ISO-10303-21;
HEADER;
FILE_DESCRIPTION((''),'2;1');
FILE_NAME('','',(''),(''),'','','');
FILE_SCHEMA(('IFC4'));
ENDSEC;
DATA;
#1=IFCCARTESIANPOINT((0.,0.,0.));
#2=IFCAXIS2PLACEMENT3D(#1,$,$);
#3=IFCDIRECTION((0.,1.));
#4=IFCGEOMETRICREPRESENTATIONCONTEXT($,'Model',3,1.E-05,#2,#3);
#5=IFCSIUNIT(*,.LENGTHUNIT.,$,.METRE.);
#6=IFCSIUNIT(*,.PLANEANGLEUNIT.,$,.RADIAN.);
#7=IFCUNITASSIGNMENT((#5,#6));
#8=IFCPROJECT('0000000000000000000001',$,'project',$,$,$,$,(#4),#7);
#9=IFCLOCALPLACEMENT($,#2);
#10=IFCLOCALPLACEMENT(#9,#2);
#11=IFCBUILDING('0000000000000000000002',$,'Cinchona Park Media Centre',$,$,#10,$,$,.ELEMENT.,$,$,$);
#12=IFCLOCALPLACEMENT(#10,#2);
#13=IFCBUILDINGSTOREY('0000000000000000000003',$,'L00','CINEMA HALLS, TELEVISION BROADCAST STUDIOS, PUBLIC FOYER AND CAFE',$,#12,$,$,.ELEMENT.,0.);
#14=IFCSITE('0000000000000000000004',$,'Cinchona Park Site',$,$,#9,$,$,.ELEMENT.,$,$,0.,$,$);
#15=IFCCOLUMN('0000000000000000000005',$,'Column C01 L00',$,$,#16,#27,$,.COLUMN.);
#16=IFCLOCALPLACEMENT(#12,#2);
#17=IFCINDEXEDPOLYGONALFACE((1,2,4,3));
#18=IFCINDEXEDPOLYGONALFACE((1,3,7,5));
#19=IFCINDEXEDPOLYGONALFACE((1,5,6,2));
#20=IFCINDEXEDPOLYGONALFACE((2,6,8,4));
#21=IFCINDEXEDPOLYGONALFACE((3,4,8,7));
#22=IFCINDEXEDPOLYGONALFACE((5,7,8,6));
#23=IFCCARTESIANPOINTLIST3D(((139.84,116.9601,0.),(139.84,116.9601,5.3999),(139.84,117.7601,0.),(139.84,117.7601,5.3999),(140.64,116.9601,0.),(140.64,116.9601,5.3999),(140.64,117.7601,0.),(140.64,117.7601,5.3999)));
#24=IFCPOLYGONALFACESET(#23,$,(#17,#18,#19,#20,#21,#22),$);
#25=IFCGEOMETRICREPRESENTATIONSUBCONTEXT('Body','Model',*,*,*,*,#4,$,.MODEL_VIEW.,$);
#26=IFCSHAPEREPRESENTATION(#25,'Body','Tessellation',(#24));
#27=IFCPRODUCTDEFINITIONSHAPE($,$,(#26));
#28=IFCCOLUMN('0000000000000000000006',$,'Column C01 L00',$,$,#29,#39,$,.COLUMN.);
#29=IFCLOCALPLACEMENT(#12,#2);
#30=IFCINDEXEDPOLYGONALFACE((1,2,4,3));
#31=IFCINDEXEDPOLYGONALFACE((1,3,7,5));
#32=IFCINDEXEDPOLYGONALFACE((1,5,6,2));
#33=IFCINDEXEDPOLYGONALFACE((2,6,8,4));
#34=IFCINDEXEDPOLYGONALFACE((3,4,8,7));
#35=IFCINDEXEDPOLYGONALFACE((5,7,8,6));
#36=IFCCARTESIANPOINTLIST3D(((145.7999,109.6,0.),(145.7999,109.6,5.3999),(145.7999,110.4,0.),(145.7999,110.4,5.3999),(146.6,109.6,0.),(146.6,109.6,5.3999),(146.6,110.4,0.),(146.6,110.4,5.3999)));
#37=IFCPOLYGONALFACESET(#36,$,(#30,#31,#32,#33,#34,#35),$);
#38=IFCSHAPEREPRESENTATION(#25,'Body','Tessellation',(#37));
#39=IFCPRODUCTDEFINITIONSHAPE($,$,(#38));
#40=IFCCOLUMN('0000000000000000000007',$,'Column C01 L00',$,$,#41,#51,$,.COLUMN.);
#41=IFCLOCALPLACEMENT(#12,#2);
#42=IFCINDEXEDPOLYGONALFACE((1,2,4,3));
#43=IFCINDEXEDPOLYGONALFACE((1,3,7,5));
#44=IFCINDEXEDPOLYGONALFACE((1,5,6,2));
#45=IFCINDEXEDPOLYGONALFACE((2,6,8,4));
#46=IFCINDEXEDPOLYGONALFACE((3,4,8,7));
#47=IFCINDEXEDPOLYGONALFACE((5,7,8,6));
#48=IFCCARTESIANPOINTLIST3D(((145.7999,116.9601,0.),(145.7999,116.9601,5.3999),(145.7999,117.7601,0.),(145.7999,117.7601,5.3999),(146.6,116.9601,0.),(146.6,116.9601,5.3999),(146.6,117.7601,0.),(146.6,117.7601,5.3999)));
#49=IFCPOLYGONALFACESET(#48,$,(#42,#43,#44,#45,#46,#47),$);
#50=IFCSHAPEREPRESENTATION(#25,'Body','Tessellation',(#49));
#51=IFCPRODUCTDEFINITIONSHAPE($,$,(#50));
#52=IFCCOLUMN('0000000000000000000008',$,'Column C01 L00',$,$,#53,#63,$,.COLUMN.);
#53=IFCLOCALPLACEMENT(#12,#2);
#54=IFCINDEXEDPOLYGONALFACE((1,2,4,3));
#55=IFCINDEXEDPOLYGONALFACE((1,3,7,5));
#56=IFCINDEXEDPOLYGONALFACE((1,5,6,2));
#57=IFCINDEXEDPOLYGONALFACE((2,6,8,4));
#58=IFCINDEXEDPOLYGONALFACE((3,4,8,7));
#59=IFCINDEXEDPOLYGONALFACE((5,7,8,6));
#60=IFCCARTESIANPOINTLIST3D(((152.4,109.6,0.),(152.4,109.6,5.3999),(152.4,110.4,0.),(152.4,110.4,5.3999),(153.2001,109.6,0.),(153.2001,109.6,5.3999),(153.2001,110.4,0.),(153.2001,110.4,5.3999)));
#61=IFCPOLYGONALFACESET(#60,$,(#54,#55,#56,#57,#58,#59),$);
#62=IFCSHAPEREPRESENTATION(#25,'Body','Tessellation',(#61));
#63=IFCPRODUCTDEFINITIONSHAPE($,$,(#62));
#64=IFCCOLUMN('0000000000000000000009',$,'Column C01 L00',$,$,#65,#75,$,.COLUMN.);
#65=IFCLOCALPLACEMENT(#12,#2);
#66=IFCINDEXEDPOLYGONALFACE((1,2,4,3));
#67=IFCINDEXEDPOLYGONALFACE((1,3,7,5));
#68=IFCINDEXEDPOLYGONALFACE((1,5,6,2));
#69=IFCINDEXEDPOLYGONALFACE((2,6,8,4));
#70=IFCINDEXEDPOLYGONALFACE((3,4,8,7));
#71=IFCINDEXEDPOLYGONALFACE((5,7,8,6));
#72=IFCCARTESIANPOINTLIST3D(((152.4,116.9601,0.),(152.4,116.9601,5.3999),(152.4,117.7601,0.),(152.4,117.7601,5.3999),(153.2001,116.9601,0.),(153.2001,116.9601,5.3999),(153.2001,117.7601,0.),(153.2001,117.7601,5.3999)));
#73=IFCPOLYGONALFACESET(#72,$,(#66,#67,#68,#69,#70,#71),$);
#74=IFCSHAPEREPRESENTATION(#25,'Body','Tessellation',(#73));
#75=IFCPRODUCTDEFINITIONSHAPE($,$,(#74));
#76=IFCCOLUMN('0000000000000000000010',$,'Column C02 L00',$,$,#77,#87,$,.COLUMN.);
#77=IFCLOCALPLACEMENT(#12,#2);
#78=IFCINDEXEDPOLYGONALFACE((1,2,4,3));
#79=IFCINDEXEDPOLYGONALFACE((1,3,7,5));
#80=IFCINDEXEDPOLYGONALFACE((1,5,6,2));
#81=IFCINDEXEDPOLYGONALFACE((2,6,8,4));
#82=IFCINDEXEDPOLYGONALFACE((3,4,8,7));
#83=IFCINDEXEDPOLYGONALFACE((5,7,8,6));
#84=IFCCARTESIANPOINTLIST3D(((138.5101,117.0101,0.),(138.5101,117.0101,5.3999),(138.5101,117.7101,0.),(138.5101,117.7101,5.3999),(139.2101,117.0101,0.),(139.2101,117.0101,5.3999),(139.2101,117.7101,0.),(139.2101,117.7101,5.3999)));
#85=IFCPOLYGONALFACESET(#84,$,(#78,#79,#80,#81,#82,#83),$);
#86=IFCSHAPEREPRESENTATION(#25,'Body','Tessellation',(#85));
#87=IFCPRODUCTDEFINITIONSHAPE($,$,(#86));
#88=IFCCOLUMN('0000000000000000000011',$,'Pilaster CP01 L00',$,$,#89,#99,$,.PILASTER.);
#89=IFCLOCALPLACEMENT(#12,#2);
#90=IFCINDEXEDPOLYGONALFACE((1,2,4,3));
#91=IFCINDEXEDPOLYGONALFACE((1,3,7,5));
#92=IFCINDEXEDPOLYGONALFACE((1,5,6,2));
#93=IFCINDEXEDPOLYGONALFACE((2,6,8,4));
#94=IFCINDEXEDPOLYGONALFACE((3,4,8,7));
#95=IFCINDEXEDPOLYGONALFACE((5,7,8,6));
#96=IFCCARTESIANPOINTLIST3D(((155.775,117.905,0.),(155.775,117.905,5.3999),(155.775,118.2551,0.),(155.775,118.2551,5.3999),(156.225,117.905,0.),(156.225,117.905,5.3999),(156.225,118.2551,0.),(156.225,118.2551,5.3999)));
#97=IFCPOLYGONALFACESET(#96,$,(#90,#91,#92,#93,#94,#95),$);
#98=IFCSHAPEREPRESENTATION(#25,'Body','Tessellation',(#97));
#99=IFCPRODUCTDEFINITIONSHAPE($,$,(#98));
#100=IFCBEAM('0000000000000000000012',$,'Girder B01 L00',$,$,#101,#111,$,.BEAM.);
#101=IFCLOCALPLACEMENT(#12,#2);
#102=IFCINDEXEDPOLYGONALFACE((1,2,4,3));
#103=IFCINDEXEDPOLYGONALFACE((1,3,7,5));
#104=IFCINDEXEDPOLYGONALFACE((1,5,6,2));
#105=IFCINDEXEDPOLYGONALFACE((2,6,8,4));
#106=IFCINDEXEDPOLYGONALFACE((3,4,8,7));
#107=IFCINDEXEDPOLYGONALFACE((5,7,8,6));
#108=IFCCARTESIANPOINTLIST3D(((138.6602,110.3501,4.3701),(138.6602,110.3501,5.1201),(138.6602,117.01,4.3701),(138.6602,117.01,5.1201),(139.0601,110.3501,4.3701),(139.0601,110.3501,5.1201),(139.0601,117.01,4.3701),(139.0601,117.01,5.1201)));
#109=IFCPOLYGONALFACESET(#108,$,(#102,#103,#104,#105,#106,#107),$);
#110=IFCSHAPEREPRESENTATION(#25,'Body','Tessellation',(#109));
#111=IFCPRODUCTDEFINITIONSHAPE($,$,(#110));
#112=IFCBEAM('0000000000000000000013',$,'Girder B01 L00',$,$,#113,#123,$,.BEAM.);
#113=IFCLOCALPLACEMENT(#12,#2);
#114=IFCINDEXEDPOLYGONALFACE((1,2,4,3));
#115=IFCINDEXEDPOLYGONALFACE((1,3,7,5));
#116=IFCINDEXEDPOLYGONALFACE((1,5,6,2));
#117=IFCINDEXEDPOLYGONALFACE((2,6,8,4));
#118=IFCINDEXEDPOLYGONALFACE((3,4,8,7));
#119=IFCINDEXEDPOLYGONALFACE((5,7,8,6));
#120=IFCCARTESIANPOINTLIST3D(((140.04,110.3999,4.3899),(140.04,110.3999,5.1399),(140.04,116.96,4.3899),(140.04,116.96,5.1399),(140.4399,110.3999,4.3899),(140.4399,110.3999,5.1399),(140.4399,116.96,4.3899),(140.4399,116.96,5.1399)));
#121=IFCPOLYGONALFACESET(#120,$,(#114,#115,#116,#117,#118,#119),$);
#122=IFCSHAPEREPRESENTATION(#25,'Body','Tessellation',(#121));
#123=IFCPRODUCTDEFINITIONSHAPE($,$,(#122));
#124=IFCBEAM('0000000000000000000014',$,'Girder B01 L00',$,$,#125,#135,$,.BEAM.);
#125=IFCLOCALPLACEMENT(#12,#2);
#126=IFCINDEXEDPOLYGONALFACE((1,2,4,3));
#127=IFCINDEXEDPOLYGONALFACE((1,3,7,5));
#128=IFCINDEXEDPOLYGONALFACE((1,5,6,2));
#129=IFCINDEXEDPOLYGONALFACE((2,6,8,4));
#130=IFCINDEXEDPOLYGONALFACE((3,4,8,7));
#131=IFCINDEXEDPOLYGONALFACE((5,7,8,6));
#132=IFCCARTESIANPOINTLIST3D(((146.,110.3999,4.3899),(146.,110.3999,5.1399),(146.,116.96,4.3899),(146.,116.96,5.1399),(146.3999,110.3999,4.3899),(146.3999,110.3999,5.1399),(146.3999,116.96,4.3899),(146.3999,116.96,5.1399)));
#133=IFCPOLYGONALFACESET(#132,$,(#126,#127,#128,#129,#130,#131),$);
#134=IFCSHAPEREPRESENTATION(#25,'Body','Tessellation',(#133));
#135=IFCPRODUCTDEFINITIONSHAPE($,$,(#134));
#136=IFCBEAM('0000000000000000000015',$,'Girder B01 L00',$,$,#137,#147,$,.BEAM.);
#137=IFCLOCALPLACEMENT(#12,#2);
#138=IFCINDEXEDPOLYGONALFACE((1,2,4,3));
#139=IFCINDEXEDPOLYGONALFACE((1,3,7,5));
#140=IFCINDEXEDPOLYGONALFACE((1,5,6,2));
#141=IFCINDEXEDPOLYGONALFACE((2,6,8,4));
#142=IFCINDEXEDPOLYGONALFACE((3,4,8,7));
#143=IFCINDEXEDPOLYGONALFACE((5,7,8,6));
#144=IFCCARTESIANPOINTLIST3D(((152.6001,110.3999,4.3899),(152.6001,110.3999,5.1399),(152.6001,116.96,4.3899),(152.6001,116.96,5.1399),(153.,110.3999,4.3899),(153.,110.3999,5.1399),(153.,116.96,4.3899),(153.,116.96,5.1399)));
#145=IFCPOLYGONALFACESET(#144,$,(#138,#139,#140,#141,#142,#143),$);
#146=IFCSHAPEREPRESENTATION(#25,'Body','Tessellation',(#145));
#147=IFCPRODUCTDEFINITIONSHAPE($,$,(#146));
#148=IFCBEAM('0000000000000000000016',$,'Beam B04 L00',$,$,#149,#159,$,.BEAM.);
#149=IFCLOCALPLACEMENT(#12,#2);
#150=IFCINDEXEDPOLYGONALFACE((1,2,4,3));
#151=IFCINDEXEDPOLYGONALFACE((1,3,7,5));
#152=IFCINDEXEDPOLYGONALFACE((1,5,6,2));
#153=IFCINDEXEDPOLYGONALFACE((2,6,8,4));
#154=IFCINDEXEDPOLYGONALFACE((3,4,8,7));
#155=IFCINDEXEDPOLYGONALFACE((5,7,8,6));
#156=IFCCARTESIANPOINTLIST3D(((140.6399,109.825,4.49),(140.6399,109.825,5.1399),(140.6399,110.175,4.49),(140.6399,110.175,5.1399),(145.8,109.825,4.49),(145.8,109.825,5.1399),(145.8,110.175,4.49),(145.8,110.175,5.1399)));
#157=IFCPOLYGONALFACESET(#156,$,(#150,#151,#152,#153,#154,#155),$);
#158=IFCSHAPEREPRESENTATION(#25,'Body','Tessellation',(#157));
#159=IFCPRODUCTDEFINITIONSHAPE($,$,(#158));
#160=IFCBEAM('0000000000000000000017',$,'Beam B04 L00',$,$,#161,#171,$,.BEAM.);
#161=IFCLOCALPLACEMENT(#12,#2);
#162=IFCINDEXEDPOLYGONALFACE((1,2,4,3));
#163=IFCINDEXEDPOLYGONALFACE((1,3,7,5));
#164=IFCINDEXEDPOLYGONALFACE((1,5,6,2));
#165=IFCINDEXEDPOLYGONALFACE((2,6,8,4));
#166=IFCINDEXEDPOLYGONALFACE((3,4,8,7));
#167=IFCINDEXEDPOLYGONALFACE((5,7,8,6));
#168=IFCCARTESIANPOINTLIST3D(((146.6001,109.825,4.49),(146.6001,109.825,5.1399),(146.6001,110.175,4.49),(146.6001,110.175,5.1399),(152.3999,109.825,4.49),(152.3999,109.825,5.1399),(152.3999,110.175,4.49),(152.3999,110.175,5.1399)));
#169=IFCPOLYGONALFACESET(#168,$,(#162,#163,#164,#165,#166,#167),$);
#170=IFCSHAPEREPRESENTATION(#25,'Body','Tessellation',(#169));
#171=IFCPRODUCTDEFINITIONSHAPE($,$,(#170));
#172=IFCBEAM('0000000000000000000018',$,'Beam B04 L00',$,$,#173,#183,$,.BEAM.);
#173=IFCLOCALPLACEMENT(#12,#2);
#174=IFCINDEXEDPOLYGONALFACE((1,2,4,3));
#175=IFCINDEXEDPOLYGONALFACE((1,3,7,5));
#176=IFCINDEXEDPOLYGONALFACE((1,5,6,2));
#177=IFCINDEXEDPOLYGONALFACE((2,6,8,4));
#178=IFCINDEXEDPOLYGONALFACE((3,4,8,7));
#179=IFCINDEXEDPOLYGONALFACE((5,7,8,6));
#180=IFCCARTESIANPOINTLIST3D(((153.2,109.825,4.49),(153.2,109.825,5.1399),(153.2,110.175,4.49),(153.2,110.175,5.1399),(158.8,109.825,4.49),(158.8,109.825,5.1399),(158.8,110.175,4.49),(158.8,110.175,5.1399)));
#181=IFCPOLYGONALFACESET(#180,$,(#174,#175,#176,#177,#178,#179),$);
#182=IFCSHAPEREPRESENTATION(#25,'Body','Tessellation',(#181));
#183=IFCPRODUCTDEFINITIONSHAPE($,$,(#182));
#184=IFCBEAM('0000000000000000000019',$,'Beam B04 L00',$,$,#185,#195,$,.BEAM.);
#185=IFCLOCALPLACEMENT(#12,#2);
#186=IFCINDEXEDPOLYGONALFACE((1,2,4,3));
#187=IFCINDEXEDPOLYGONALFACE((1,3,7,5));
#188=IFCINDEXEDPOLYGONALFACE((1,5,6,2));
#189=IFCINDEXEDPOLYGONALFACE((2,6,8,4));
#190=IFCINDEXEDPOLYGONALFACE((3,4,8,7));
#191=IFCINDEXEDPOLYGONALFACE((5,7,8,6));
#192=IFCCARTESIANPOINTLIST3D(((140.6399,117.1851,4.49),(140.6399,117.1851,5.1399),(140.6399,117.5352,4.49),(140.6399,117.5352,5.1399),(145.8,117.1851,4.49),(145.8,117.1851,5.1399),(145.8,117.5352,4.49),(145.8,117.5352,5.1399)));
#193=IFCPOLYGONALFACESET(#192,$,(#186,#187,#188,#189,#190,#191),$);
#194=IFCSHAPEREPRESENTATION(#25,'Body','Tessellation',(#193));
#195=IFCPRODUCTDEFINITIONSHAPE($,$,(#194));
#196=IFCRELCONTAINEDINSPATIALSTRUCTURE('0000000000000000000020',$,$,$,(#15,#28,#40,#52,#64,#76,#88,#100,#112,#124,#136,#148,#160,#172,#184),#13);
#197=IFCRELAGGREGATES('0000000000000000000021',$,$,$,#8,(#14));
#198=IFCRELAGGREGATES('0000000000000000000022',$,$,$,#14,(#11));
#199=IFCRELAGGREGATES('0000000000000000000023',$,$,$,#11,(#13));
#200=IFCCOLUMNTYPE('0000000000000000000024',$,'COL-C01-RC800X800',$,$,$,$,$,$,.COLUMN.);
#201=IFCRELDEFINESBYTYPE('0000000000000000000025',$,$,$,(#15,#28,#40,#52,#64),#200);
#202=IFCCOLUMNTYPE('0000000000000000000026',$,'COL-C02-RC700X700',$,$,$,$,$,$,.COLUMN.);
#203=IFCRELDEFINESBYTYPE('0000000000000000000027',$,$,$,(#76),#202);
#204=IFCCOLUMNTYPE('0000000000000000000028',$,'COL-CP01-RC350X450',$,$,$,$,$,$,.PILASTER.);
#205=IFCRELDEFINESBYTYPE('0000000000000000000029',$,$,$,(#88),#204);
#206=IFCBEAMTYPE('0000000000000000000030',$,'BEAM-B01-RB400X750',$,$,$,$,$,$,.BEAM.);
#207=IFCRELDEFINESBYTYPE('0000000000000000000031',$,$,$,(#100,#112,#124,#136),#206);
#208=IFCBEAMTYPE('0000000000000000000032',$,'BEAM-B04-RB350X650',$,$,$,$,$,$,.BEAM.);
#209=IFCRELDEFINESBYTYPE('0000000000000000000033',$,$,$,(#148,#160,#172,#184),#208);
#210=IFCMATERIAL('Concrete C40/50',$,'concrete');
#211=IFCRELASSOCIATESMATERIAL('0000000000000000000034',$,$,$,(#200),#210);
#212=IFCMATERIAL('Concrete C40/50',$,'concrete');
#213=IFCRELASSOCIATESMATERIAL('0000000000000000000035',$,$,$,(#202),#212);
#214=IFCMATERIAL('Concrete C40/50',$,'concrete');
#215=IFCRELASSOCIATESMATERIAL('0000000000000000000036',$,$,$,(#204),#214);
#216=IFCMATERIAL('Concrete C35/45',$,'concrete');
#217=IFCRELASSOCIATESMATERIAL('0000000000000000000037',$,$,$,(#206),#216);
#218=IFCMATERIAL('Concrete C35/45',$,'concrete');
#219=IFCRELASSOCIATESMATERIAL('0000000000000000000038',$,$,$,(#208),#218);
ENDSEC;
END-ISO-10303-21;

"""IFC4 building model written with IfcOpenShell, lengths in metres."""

from ifc_helpers import new_model, si_unit, direction, frame, origin, origin_2d, place, context, subcontext, project, spatial, rectangle, extrude, material, material_profile, profile_set, type_object, element, save


model = new_model("IFC4")

# Units and contexts
model_context = context("Model", 3, precision=1e-05, world=origin(), true_north=direction((0.0, 1.0)))
body_context = subcontext(model_context, "Body", "Model", "MODEL_VIEW")
ifc_project = project(units=[si_unit("LENGTHUNIT", "METRE"), si_unit("PLANEANGLEUNIT", "RADIAN")], contexts=[model_context])

# Site, building, storey
site_placement = place(None, origin())
site = spatial("IfcSite", under=ifc_project, at=site_placement, Name="Cinchona Park Site", CompositionType="ELEMENT", RefElevation=0.0)
building_placement = place(site_placement, origin())
building = spatial("IfcBuilding", under=site, at=building_placement, Name="Cinchona Park Media Centre", CompositionType="ELEMENT")
storey_placement = place(building_placement, origin())
storey = spatial("IfcBuildingStorey", under=building, at=storey_placement, Name="L00", Description="CINEMA HALLS, TELEVISION BROADCAST STUDIOS, PUBLIC FOYER AND CAFE", CompositionType="ELEMENT", Elevation=0.0)

# Columns
ifc_material_1 = material(Name="Concrete C40/50", Category="concrete")
ifc_material_profile_1 = material_profile(ifc_material_1, rectangle(XDim=0.8, YDim=0.8, at=origin_2d()), Name="RC 800X800")
ifc_profile_set_1 = profile_set([ifc_material_profile_1], Name="Concrete C40/50")
column_type_1 = type_object("IfcColumnType", Name="COL-C01-RC800X800", PredefinedType="COLUMN", material=ifc_profile_set_1)
for number, where, z_axis, x_axis, name in (
    (1, (140.24, 117.3601, 0.0), (0.0, 0.0, 1.0), (1.0, 0.0, 0.0), "Column C01 L00"),
    (2, (146.2, 110.0, 0.0), (0.0, 0.0, 1.0), (1.0, 0.0, 0.0), "Column C01 L00"),
    (3, (146.2, 117.3601, 0.0), (0.0, 0.0, 1.0), (1.0, 0.0, 0.0), "Column C01 L00"),
    (4, (152.8, 110.0, 0.0), (0.0, 0.0, 1.0), (1.0, 0.0, 0.0), "Column C01 L00"),
    (5, (152.8, 117.3601, 0.0), (0.0, 0.0, 1.0), (1.0, 0.0, 0.0), "Column C01 L00"),
):
    element("IfcColumn", number, at=place(storey_placement, frame(where, z_axis=z_axis, x_axis=x_axis)), inside=storey, type_object=column_type_1, Name=name, PredefinedType="COLUMN", context=body_context, shape_type="SweptSolid", body=[
        extrude(rectangle(XDim=0.8, YDim=0.8, at=origin_2d()), origin(), (0.0, 0.0, 1.0), 5.3999),
    ])
ifc_material_2 = material(Name="Concrete C40/50", Category="concrete")
ifc_material_profile_2 = material_profile(ifc_material_2, rectangle(XDim=0.7, YDim=0.7, at=origin_2d()), Name="RC 700X700")
ifc_profile_set_2 = profile_set([ifc_material_profile_2], Name="Concrete C40/50")
column_type_2 = type_object("IfcColumnType", Name="COL-C02-RC700X700", PredefinedType="COLUMN", material=ifc_profile_set_2)
column_1_placement = place(storey_placement, frame((138.8601, 117.3601, 0.0), z_axis=(0.0, 0.0, 1.0), x_axis=(1.0, 0.0, 0.0)))
element("IfcColumn", 6, at=column_1_placement, inside=storey, type_object=column_type_2, Name="Column C02 L00", PredefinedType="COLUMN", context=body_context, shape_type="SweptSolid", body=[
    extrude(rectangle(XDim=0.7, YDim=0.7, at=origin_2d()), origin(), (0.0, 0.0, 1.0), 5.3999),
])
ifc_material_3 = material(Name="Concrete C40/50", Category="concrete")
ifc_material_profile_3 = material_profile(ifc_material_3, rectangle(XDim=0.3501, YDim=0.45, at=origin_2d()), Name="RC 350X450")
ifc_profile_set_3 = profile_set([ifc_material_profile_3], Name="Concrete C40/50")
column_type_3 = type_object("IfcColumnType", Name="COL-CP01-RC350X450", PredefinedType="PILASTER", material=ifc_profile_set_3)
column_2_placement = place(storey_placement, frame((156.0, 118.0801, 0.0), z_axis=(0.0, 0.0, 1.0), x_axis=(0.0, 1.0, 0.0)))
element("IfcColumn", 7, at=column_2_placement, inside=storey, type_object=column_type_3, Name="Pilaster CP01 L00", PredefinedType="PILASTER", context=body_context, shape_type="SweptSolid", body=[
    extrude(rectangle(XDim=0.3501, YDim=0.45, at=origin_2d()), origin(), (0.0, 0.0, 1.0), 5.3999),
])

# Beams
ifc_material_4 = material(Name="Concrete C35/45", Category="concrete")
ifc_material_profile_4 = material_profile(ifc_material_4, rectangle(XDim=0.3999, YDim=0.75, at=origin_2d()), Name="RB 400X750")
ifc_profile_set_4 = profile_set([ifc_material_profile_4], Name="Concrete C35/45")
beam_type_1 = type_object("IfcBeamType", Name="BEAM-B01-RB400X750", PredefinedType="BEAM", material=ifc_profile_set_4)
beam_1_placement = place(storey_placement, frame((138.8601, 110.3501, 4.7451), z_axis=(0.0, 1.0, 0.0), x_axis=(-1.0, 0.0, 0.0)))
element("IfcBeam", 8, at=beam_1_placement, inside=storey, type_object=beam_type_1, Name="Girder B01 L00", PredefinedType="BEAM", context=body_context, shape_type="SweptSolid", body=[
    extrude(rectangle(XDim=0.3999, YDim=0.75, at=origin_2d()), origin(), (0.0, 0.0, 1.0), 6.6599),
])
for number, where, z_axis, x_axis, name in (
    (9, (140.24, 110.3999, 4.7649), (0.0, 1.0, 0.0), (-1.0, 0.0, 0.0), "Girder B01 L00"),
    (10, (146.2, 110.3999, 4.7649), (0.0, 1.0, 0.0), (-1.0, 0.0, 0.0), "Girder B01 L00"),
    (11, (152.8, 110.3999, 4.7649), (0.0, 1.0, 0.0), (-1.0, 0.0, 0.0), "Girder B01 L00"),
):
    element("IfcBeam", number, at=place(storey_placement, frame(where, z_axis=z_axis, x_axis=x_axis)), inside=storey, type_object=beam_type_1, Name=name, PredefinedType="BEAM", context=body_context, shape_type="SweptSolid", body=[
        extrude(rectangle(XDim=0.3999, YDim=0.75, at=origin_2d()), origin(), (0.0, 0.0, 1.0), 6.5601),
    ])
ifc_material_5 = material(Name="Concrete C35/45", Category="concrete")
ifc_material_profile_5 = material_profile(ifc_material_5, rectangle(XDim=0.3501, YDim=0.6499, at=origin_2d()), Name="RB 350X650")
ifc_profile_set_5 = profile_set([ifc_material_profile_5], Name="Concrete C35/45")
beam_type_2 = type_object("IfcBeamType", Name="BEAM-B04-RB350X650", PredefinedType="BEAM", material=ifc_profile_set_5)
beam_2_placement = place(storey_placement, frame((140.6399, 110.0, 4.8149), z_axis=(1.0, 0.0, 0.0), x_axis=(0.0, 1.0, 0.0)))
element("IfcBeam", 12, at=beam_2_placement, inside=storey, type_object=beam_type_2, Name="Beam B04 L00", PredefinedType="BEAM", context=body_context, shape_type="SweptSolid", body=[
    extrude(rectangle(XDim=0.3501, YDim=0.6499, at=origin_2d()), origin(), (0.0, 0.0, 1.0), 5.1602),
])
beam_3_placement = place(storey_placement, frame((146.6001, 110.0, 4.8149), z_axis=(1.0, 0.0, 0.0), x_axis=(0.0, 1.0, 0.0)))
element("IfcBeam", 13, at=beam_3_placement, inside=storey, type_object=beam_type_2, Name="Beam B04 L00", PredefinedType="BEAM", context=body_context, shape_type="SweptSolid", body=[
    extrude(rectangle(XDim=0.3501, YDim=0.6499, at=origin_2d()), origin(), (0.0, 0.0, 1.0), 5.7998),
])
beam_4_placement = place(storey_placement, frame((153.2, 110.0, 4.8149), z_axis=(1.0, 0.0, 0.0), x_axis=(0.0, 1.0, 0.0)))
element("IfcBeam", 14, at=beam_4_placement, inside=storey, type_object=beam_type_2, Name="Beam B04 L00", PredefinedType="BEAM", context=body_context, shape_type="SweptSolid", body=[
    extrude(rectangle(XDim=0.3501, YDim=0.6499, at=origin_2d()), origin(), (0.0, 0.0, 1.0), 5.6001),
])
beam_5_placement = place(storey_placement, frame((140.6399, 117.3601, 4.8149), z_axis=(1.0, 0.0, 0.0), x_axis=(0.0, 1.0, 0.0)))
element("IfcBeam", 15, at=beam_5_placement, inside=storey, type_object=beam_type_2, Name="Beam B04 L00", PredefinedType="BEAM", context=body_context, shape_type="SweptSolid", body=[
    extrude(rectangle(XDim=0.3501, YDim=0.6499, at=origin_2d()), origin(), (0.0, 0.0, 1.0), 5.1602),
])

save(model, "model.ifc")
